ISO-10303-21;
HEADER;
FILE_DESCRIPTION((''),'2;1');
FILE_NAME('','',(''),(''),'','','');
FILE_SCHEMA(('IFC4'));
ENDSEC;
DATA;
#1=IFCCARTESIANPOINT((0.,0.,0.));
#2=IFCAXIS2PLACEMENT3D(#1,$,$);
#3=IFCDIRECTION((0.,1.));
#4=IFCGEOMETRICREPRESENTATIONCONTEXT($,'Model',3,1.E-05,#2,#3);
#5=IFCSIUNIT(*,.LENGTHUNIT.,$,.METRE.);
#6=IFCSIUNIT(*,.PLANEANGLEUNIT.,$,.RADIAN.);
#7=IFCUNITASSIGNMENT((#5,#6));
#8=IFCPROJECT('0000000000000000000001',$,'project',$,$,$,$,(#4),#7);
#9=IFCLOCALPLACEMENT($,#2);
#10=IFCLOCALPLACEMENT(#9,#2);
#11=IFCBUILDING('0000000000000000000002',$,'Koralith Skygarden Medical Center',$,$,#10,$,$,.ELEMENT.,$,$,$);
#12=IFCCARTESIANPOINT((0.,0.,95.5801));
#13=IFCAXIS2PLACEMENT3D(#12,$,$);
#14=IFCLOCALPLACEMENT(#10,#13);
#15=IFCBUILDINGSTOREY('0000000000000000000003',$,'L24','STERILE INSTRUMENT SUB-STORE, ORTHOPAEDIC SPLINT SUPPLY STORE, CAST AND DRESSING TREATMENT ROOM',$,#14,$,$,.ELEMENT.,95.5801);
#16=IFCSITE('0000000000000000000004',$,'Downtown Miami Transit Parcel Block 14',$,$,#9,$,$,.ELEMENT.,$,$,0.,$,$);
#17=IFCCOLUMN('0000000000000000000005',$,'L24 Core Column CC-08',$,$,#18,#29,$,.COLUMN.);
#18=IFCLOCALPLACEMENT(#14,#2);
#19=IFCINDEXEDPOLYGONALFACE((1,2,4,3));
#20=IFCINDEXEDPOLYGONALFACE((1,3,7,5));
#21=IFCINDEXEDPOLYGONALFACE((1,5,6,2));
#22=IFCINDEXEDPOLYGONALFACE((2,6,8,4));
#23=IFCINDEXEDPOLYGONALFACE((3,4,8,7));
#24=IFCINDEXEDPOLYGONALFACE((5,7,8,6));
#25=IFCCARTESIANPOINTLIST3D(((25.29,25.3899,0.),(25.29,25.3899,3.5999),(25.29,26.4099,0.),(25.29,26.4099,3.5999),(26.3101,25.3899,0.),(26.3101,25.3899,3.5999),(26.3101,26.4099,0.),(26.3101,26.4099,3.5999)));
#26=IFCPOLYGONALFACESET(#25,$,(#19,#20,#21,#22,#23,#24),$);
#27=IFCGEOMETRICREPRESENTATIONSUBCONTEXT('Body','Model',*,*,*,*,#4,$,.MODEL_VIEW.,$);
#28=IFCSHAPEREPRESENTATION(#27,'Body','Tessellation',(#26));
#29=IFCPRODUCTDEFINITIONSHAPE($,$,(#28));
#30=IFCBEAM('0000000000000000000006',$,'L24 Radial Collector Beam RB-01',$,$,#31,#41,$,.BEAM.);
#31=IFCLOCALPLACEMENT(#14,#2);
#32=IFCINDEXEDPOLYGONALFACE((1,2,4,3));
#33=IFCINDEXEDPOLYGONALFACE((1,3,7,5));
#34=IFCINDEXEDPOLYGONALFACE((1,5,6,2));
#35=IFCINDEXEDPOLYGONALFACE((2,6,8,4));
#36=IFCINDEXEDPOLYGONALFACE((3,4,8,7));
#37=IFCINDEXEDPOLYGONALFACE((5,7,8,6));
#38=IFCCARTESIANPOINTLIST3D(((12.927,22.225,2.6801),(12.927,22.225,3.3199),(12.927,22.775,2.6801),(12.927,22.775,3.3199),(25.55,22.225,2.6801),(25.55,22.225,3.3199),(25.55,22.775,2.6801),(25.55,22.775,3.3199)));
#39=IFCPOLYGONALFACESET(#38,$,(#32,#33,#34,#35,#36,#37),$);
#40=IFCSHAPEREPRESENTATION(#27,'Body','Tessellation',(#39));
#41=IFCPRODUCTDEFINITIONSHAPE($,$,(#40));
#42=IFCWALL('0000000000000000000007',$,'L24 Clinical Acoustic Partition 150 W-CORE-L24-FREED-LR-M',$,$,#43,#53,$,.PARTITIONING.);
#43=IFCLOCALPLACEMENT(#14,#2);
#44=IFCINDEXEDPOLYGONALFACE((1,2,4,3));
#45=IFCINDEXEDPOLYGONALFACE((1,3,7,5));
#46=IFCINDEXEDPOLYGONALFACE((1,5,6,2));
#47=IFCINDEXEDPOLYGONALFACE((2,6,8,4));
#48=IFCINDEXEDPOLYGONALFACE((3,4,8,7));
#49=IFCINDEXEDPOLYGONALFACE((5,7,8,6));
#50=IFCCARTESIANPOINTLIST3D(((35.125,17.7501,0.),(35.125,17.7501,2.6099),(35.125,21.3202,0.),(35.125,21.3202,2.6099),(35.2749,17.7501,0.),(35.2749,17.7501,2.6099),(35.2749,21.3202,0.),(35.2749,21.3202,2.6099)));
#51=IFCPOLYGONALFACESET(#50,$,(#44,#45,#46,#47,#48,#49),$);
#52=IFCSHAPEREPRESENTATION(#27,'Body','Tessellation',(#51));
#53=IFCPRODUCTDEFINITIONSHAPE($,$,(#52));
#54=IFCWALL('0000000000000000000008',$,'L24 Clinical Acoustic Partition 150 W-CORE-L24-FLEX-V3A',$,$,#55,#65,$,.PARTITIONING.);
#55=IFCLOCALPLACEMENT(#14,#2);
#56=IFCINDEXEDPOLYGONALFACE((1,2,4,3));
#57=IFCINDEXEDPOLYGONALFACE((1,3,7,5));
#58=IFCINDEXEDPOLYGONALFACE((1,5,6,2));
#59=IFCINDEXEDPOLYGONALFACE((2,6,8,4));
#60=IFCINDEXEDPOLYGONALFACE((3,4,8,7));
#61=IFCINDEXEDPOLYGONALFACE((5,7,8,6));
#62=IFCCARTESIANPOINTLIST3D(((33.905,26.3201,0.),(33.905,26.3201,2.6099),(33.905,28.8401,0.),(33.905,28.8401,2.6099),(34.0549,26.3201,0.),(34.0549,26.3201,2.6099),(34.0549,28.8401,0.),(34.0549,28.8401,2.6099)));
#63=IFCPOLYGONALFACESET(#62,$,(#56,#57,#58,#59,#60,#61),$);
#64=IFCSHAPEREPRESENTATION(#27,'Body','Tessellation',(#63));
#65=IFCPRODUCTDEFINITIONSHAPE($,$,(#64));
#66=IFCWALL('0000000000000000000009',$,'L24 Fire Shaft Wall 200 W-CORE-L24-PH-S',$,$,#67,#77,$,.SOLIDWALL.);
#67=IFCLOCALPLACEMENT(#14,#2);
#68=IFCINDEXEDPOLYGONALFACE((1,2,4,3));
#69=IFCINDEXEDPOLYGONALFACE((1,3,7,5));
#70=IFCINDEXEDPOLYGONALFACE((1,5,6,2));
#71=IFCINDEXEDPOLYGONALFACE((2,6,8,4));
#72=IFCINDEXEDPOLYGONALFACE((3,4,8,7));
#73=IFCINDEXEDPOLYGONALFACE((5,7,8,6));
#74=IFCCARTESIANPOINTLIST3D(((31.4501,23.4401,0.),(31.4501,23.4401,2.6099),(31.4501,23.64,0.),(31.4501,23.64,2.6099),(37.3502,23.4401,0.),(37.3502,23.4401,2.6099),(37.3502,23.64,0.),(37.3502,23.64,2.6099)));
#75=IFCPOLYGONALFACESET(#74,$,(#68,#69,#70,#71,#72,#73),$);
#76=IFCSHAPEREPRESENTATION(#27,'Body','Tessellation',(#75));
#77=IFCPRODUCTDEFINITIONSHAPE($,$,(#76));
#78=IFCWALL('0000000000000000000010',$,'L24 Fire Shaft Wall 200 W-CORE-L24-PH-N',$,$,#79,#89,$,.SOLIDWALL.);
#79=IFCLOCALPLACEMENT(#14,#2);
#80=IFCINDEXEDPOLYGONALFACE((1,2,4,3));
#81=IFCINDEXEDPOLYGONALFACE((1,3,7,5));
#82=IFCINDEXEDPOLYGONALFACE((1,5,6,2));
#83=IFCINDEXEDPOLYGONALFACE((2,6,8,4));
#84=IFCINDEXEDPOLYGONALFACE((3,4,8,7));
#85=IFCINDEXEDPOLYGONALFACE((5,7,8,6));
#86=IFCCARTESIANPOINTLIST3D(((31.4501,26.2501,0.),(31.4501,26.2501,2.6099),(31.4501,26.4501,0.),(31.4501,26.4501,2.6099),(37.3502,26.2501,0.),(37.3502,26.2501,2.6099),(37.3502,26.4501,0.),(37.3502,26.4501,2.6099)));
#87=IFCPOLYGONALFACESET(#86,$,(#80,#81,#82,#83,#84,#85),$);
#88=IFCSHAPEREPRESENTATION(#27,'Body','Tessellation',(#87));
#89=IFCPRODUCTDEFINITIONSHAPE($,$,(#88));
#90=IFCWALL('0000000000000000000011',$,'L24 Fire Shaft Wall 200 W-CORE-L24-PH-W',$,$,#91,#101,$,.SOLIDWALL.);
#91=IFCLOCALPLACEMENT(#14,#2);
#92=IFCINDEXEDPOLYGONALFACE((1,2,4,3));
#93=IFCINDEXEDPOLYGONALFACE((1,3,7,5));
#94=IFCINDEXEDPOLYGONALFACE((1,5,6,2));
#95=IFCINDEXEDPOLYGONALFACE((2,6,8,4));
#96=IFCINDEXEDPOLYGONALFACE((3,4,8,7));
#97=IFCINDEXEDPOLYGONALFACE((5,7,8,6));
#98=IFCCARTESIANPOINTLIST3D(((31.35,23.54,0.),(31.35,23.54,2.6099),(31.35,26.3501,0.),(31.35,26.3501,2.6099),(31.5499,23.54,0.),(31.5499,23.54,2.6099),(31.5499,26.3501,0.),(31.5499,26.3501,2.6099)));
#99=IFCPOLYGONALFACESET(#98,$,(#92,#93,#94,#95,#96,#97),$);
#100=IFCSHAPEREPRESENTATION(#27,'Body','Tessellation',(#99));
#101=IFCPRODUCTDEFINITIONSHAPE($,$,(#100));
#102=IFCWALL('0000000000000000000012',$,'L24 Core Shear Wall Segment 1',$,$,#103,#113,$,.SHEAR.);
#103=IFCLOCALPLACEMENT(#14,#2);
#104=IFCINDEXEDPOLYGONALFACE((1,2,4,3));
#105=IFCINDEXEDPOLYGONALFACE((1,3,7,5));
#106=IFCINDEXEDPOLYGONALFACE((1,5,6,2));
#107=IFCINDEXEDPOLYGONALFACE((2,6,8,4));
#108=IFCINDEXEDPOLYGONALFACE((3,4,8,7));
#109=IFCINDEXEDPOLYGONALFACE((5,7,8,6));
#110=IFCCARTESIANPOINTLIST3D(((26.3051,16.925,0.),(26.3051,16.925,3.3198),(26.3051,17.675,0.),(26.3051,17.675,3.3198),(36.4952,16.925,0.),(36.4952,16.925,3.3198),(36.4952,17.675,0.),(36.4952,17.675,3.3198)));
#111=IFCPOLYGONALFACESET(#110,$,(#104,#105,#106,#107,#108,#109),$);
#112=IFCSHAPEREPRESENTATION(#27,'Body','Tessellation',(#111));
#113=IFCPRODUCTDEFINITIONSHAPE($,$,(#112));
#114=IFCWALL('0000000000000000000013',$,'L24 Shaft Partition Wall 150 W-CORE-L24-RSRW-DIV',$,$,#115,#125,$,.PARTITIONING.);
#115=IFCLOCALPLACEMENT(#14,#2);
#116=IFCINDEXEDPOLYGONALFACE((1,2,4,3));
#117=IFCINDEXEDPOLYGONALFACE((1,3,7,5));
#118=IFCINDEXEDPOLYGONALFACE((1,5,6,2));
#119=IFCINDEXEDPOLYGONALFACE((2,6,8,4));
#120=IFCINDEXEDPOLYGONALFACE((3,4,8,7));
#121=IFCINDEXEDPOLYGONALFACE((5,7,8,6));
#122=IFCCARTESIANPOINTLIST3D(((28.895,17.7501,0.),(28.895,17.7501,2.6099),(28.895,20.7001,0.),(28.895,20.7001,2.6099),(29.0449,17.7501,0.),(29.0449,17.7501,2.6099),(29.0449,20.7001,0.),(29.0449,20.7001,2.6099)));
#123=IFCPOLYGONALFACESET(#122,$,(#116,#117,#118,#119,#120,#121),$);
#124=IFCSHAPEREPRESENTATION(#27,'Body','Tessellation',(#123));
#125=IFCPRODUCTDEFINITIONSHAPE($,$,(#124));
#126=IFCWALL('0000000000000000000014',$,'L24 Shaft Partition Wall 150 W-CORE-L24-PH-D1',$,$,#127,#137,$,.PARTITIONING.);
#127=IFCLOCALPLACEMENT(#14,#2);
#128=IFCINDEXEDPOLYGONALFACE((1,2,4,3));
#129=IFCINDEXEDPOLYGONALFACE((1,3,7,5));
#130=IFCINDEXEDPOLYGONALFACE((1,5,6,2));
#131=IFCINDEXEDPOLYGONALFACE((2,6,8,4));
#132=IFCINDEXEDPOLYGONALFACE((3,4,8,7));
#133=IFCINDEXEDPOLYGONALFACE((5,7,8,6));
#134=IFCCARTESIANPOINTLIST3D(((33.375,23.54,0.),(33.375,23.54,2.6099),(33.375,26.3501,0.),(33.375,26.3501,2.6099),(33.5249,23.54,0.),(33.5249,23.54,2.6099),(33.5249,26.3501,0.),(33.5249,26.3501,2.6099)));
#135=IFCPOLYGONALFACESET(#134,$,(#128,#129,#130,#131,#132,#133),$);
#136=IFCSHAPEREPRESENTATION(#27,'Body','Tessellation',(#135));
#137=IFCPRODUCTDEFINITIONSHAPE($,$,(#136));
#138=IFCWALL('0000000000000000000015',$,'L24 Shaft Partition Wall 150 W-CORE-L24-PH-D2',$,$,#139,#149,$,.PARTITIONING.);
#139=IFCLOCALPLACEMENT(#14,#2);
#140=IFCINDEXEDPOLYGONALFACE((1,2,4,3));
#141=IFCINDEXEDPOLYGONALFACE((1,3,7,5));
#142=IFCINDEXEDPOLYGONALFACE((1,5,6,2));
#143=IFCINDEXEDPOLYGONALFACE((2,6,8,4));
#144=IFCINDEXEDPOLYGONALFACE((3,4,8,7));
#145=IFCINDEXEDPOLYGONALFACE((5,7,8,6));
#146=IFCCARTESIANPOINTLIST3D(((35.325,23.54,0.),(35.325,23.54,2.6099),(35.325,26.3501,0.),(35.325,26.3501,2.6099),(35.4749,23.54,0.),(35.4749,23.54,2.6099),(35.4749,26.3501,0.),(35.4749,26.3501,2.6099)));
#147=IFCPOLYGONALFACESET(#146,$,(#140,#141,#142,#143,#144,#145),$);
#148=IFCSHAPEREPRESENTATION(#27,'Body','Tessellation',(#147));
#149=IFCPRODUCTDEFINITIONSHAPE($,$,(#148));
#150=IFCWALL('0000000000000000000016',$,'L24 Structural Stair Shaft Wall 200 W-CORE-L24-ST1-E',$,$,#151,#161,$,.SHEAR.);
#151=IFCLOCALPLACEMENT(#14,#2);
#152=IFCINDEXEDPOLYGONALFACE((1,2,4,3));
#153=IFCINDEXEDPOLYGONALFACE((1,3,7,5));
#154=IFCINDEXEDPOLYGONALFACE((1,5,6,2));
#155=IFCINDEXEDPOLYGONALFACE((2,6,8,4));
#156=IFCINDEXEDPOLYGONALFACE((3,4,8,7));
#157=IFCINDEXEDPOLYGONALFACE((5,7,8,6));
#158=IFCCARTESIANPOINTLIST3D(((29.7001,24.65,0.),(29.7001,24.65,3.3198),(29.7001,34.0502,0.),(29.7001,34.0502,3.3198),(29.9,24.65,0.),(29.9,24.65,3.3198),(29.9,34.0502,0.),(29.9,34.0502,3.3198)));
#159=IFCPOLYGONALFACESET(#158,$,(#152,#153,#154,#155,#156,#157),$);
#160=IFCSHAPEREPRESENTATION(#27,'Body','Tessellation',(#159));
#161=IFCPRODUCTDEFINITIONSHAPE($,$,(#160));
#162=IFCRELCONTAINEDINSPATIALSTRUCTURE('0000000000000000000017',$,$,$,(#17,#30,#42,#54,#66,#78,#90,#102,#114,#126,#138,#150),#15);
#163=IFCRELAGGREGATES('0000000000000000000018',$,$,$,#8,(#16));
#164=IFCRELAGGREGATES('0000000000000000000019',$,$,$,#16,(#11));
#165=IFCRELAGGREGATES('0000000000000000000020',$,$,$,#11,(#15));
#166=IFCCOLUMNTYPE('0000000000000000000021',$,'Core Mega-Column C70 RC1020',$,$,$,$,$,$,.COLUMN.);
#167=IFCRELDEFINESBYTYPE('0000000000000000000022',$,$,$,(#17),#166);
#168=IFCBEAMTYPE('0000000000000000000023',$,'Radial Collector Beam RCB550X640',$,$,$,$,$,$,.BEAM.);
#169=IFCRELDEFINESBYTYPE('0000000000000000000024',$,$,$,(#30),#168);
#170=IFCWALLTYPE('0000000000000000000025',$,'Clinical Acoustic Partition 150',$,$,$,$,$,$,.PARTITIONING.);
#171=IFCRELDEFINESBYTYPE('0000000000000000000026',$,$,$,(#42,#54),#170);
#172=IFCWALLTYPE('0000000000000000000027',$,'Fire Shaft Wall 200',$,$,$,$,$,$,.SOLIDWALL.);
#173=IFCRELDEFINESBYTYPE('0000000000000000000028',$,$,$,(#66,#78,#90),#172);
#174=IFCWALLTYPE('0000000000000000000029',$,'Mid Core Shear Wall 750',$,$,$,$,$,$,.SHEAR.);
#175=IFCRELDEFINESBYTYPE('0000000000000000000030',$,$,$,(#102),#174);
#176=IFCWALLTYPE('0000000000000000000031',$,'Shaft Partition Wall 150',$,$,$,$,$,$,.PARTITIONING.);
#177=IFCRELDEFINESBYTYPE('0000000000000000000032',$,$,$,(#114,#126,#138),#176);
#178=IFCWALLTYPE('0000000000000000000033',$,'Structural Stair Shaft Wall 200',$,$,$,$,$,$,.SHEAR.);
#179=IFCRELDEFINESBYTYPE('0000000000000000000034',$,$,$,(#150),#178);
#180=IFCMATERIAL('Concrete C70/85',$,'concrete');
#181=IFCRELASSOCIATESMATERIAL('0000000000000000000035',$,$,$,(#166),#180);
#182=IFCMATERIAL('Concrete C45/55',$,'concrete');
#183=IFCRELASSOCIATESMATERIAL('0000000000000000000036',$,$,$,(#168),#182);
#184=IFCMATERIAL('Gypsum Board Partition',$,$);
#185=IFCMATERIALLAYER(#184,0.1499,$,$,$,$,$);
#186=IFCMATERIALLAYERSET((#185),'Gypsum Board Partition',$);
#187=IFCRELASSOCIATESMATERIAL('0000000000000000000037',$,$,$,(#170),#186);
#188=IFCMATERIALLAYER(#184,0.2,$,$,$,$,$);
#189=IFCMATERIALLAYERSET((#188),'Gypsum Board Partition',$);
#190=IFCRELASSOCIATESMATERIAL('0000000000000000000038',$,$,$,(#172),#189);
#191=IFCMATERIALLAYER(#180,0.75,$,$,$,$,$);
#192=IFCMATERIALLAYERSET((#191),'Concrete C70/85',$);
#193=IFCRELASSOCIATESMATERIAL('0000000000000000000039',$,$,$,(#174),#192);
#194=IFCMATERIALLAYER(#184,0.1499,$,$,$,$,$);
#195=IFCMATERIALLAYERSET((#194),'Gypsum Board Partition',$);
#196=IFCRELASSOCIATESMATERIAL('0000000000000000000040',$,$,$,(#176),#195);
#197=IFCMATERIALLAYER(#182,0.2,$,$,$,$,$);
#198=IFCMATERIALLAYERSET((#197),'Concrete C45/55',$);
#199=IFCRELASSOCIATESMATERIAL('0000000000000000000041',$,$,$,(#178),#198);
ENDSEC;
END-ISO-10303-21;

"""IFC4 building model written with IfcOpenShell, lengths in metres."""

from ifc_helpers import new_model, si_unit, direction, frame, frame_2d, origin, origin_2d, place, context, subcontext, project, spatial, rectangle, extrude, material, layer, layer_set, material_profile, profile_set, type_object, element, save


model = new_model("IFC4")

# Units and contexts
model_context = context("Model", 3, precision=1e-05, world=origin(), true_north=direction((0.0, 1.0)))
body_context = subcontext(model_context, "Body", "Model", "MODEL_VIEW")
ifc_project = project(units=[si_unit("LENGTHUNIT", "METRE"), si_unit("PLANEANGLEUNIT", "RADIAN")], contexts=[model_context])

# Site, building, storey
site_placement = place(None, origin())
site = spatial("IfcSite", under=ifc_project, at=site_placement, Name="Downtown Miami Transit Parcel Block 14", CompositionType="ELEMENT", RefElevation=0.0)
building_placement = place(site_placement, origin())
building = spatial("IfcBuilding", under=site, at=building_placement, Name="Koralith Skygarden Medical Center", CompositionType="ELEMENT")
storey_placement = place(building_placement, frame((0.0, 0.0, 95.5801)))
storey = spatial("IfcBuildingStorey", under=building, at=storey_placement, Name="L24", Description="STERILE INSTRUMENT SUB-STORE, ORTHOPAEDIC SPLINT SUPPLY STORE, CAST AND DRESSING TREATMENT ROOM", CompositionType="ELEMENT", Elevation=95.5801)

# Column
ifc_material_1 = material(Name="Concrete C70/85", Category="concrete")
ifc_material_profile_1 = material_profile(ifc_material_1, rectangle(XDim=1.02, YDim=1.02, at=origin_2d()), Name="RC1020X1020")
ifc_profile_set_1 = profile_set([ifc_material_profile_1], Name="Concrete C70/85")
column_type = type_object("IfcColumnType", Name="Core Mega-Column C70 RC1020", PredefinedType="COLUMN", material=ifc_profile_set_1)
column_placement = place(storey_placement, frame((25.8, 25.8999, 0.0), z_axis=(0.0, 0.0, 1.0), x_axis=(1.0, 0.0, 0.0)))
element("IfcColumn", 1, at=column_placement, inside=storey, type_object=column_type, Name="L24 Core Column CC-08", PredefinedType="COLUMN", context=body_context, shape_type="SweptSolid", body=[
    extrude(rectangle(XDim=1.02, YDim=1.02, at=origin_2d()), origin(), (0.0, 0.0, 1.0), 3.5999),
])

# Beam
ifc_material_2 = material(Name="Concrete C45/55", Category="concrete")
ifc_material_profile_2 = material_profile(ifc_material_2, rectangle(XDim=0.55, YDim=0.6399, at=origin_2d()), Name="RCB550X640")
ifc_profile_set_2 = profile_set([ifc_material_profile_2], Name="Concrete C45/55")
beam_type = type_object("IfcBeamType", Name="Radial Collector Beam RCB550X640", PredefinedType="BEAM", material=ifc_profile_set_2)
beam_placement = place(storey_placement, frame((25.55, 22.5, 3.0), z_axis=(-1.0, 0.0, 0.0), x_axis=(0.0, -1.0, 0.0)))
element("IfcBeam", 2, at=beam_placement, inside=storey, type_object=beam_type, Name="L24 Radial Collector Beam RB-01", PredefinedType="BEAM", context=body_context, shape_type="SweptSolid", body=[
    extrude(rectangle(XDim=0.55, YDim=0.6399, at=origin_2d()), origin(), (0.0, 0.0, 1.0), 12.623),
])

# Shared definitions
ifc_material_3 = material(Name="Gypsum Board Partition")
ifc_layer_1 = layer(ifc_material_3, 0.1499)
ifc_layer_set_1 = layer_set([ifc_layer_1], Name="Gypsum Board Partition")
wall_type_1 = type_object("IfcWallType", Name="Clinical Acoustic Partition 150", PredefinedType="PARTITIONING", material=ifc_layer_set_1)

# Walls
wall_1_placement = place(storey_placement, frame((35.2, 17.75, 0.0), z_axis=(0.0, 0.0, 1.0), x_axis=(0.0, 1.0, 0.0)))
element("IfcWall", 3, at=wall_1_placement, inside=storey, type_object=wall_type_1, Name="L24 Clinical Acoustic Partition 150 W-CORE-L24-FREED-LR-M", PredefinedType="PARTITIONING", context=body_context, shape_type="SweptSolid", body=[
    extrude(rectangle(XDim=3.5701, YDim=0.1499, at=frame_2d((1.7852, 0.0))), origin(), (0.0, 0.0, 1.0), 2.6099),
])
wall_2_placement = place(storey_placement, frame((33.98, 26.3201, 0.0), z_axis=(0.0, 0.0, 1.0), x_axis=(0.0, 1.0, 0.0)))
element("IfcWall", 4, at=wall_2_placement, inside=storey, type_object=wall_type_1, Name="L24 Clinical Acoustic Partition 150 W-CORE-L24-FLEX-V3A", PredefinedType="PARTITIONING", context=body_context, shape_type="SweptSolid", body=[
    extrude(rectangle(XDim=2.52, YDim=0.1499, at=frame_2d((1.26, 0.0))), origin(), (0.0, 0.0, 1.0), 2.6099),
])

# Shared definitions
ifc_layer_2 = layer(ifc_material_3, 0.2)
ifc_layer_set_2 = layer_set([ifc_layer_2], Name="Gypsum Board Partition")
wall_type_2 = type_object("IfcWallType", Name="Fire Shaft Wall 200", PredefinedType="SOLIDWALL", material=ifc_layer_set_2)

# Walls
for number, where, z_axis, x_axis, name in (
    (5, (31.45, 23.54, 0.0), (0.0, 0.0, 1.0), (1.0, 0.0, 0.0), "L24 Fire Shaft Wall 200 W-CORE-L24-PH-S"),
    (6, (31.45, 26.3501, 0.0), (0.0, 0.0, 1.0), (1.0, 0.0, 0.0), "L24 Fire Shaft Wall 200 W-CORE-L24-PH-N"),
):
    element("IfcWall", number, at=place(storey_placement, frame(where, z_axis=z_axis, x_axis=x_axis)), inside=storey, type_object=wall_type_2, Name=name, PredefinedType="SOLIDWALL", context=body_context, shape_type="SweptSolid", body=[
        extrude(rectangle(XDim=5.9001, YDim=0.2, at=frame_2d((2.9502, 0.0))), origin(), (0.0, 0.0, 1.0), 2.6099),
    ])
wall_3_placement = place(storey_placement, frame((31.45, 23.54, 0.0), z_axis=(0.0, 0.0, 1.0), x_axis=(0.0, 1.0, 0.0)))
element("IfcWall", 7, at=wall_3_placement, inside=storey, type_object=wall_type_2, Name="L24 Fire Shaft Wall 200 W-CORE-L24-PH-W", PredefinedType="SOLIDWALL", context=body_context, shape_type="SweptSolid", body=[
    extrude(rectangle(XDim=2.8101, YDim=0.2, at=frame_2d((1.405, 0.0))), origin(), (0.0, 0.0, 1.0), 2.6099),
])
ifc_layer_3 = layer(ifc_material_1, 0.75)
ifc_layer_set_3 = layer_set([ifc_layer_3], Name="Concrete C70/85")
wall_type_3 = type_object("IfcWallType", Name="Mid Core Shear Wall 750", PredefinedType="SHEAR", material=ifc_layer_set_3)
wall_4_placement = place(storey_placement, frame((26.3049, 17.3, 0.0), z_axis=(0.0, 0.0, 1.0), x_axis=(1.0, 0.0, 0.0)))
element("IfcWall", 8, at=wall_4_placement, inside=storey, type_object=wall_type_3, Name="L24 Core Shear Wall Segment 1", PredefinedType="SHEAR", context=body_context, shape_type="SweptSolid", body=[
    extrude(rectangle(XDim=10.1902, YDim=0.75, at=frame_2d((5.0952, 0.0))), origin(), (0.0, 0.0, 1.0), 3.3198),
])

# Walls
ifc_layer_4 = layer(ifc_material_3, 0.1499)
ifc_layer_set_4 = layer_set([ifc_layer_4], Name="Gypsum Board Partition")
wall_type_4 = type_object("IfcWallType", Name="Shaft Partition Wall 150", PredefinedType="PARTITIONING", material=ifc_layer_set_4)
wall_5_placement = place(storey_placement, frame((28.97, 17.75, 0.0), z_axis=(0.0, 0.0, 1.0), x_axis=(0.0, 1.0, 0.0)))
element("IfcWall", 9, at=wall_5_placement, inside=storey, type_object=wall_type_4, Name="L24 Shaft Partition Wall 150 W-CORE-L24-RSRW-DIV", PredefinedType="PARTITIONING", context=body_context, shape_type="SweptSolid", body=[
    extrude(rectangle(XDim=2.95, YDim=0.1499, at=frame_2d((1.4751, 0.0))), origin(), (0.0, 0.0, 1.0), 2.6099),
])
for number, where, z_axis, x_axis, name in (
    (10, (33.45, 23.54, 0.0), (0.0, 0.0, 1.0), (0.0, 1.0, 0.0), "L24 Shaft Partition Wall 150 W-CORE-L24-PH-D1"),
    (11, (35.3999, 23.54, 0.0), (0.0, 0.0, 1.0), (0.0, 1.0, 0.0), "L24 Shaft Partition Wall 150 W-CORE-L24-PH-D2"),
):
    element("IfcWall", number, at=place(storey_placement, frame(where, z_axis=z_axis, x_axis=x_axis)), inside=storey, type_object=wall_type_4, Name=name, PredefinedType="PARTITIONING", context=body_context, shape_type="SweptSolid", body=[
        extrude(rectangle(XDim=2.8101, YDim=0.1499, at=frame_2d((1.405, 0.0))), origin(), (0.0, 0.0, 1.0), 2.6099),
    ])
ifc_layer_5 = layer(ifc_material_2, 0.2)
ifc_layer_set_5 = layer_set([ifc_layer_5], Name="Concrete C45/55")
wall_type_5 = type_object("IfcWallType", Name="Structural Stair Shaft Wall 200", PredefinedType="SHEAR", material=ifc_layer_set_5)
wall_6_placement = place(storey_placement, frame((29.8, 24.6499, 0.0), z_axis=(0.0, 0.0, 1.0), x_axis=(0.0, 1.0, 0.0)))
element("IfcWall", 12, at=wall_6_placement, inside=storey, type_object=wall_type_5, Name="L24 Structural Stair Shaft Wall 200 W-CORE-L24-ST1-E", PredefinedType="SHEAR", context=body_context, shape_type="SweptSolid", body=[
    extrude(rectangle(XDim=9.4001, YDim=0.2, at=frame_2d((4.7002, 0.0))), origin(), (0.0, 0.0, 1.0), 3.3198),
])

save(model, "model.ifc")
